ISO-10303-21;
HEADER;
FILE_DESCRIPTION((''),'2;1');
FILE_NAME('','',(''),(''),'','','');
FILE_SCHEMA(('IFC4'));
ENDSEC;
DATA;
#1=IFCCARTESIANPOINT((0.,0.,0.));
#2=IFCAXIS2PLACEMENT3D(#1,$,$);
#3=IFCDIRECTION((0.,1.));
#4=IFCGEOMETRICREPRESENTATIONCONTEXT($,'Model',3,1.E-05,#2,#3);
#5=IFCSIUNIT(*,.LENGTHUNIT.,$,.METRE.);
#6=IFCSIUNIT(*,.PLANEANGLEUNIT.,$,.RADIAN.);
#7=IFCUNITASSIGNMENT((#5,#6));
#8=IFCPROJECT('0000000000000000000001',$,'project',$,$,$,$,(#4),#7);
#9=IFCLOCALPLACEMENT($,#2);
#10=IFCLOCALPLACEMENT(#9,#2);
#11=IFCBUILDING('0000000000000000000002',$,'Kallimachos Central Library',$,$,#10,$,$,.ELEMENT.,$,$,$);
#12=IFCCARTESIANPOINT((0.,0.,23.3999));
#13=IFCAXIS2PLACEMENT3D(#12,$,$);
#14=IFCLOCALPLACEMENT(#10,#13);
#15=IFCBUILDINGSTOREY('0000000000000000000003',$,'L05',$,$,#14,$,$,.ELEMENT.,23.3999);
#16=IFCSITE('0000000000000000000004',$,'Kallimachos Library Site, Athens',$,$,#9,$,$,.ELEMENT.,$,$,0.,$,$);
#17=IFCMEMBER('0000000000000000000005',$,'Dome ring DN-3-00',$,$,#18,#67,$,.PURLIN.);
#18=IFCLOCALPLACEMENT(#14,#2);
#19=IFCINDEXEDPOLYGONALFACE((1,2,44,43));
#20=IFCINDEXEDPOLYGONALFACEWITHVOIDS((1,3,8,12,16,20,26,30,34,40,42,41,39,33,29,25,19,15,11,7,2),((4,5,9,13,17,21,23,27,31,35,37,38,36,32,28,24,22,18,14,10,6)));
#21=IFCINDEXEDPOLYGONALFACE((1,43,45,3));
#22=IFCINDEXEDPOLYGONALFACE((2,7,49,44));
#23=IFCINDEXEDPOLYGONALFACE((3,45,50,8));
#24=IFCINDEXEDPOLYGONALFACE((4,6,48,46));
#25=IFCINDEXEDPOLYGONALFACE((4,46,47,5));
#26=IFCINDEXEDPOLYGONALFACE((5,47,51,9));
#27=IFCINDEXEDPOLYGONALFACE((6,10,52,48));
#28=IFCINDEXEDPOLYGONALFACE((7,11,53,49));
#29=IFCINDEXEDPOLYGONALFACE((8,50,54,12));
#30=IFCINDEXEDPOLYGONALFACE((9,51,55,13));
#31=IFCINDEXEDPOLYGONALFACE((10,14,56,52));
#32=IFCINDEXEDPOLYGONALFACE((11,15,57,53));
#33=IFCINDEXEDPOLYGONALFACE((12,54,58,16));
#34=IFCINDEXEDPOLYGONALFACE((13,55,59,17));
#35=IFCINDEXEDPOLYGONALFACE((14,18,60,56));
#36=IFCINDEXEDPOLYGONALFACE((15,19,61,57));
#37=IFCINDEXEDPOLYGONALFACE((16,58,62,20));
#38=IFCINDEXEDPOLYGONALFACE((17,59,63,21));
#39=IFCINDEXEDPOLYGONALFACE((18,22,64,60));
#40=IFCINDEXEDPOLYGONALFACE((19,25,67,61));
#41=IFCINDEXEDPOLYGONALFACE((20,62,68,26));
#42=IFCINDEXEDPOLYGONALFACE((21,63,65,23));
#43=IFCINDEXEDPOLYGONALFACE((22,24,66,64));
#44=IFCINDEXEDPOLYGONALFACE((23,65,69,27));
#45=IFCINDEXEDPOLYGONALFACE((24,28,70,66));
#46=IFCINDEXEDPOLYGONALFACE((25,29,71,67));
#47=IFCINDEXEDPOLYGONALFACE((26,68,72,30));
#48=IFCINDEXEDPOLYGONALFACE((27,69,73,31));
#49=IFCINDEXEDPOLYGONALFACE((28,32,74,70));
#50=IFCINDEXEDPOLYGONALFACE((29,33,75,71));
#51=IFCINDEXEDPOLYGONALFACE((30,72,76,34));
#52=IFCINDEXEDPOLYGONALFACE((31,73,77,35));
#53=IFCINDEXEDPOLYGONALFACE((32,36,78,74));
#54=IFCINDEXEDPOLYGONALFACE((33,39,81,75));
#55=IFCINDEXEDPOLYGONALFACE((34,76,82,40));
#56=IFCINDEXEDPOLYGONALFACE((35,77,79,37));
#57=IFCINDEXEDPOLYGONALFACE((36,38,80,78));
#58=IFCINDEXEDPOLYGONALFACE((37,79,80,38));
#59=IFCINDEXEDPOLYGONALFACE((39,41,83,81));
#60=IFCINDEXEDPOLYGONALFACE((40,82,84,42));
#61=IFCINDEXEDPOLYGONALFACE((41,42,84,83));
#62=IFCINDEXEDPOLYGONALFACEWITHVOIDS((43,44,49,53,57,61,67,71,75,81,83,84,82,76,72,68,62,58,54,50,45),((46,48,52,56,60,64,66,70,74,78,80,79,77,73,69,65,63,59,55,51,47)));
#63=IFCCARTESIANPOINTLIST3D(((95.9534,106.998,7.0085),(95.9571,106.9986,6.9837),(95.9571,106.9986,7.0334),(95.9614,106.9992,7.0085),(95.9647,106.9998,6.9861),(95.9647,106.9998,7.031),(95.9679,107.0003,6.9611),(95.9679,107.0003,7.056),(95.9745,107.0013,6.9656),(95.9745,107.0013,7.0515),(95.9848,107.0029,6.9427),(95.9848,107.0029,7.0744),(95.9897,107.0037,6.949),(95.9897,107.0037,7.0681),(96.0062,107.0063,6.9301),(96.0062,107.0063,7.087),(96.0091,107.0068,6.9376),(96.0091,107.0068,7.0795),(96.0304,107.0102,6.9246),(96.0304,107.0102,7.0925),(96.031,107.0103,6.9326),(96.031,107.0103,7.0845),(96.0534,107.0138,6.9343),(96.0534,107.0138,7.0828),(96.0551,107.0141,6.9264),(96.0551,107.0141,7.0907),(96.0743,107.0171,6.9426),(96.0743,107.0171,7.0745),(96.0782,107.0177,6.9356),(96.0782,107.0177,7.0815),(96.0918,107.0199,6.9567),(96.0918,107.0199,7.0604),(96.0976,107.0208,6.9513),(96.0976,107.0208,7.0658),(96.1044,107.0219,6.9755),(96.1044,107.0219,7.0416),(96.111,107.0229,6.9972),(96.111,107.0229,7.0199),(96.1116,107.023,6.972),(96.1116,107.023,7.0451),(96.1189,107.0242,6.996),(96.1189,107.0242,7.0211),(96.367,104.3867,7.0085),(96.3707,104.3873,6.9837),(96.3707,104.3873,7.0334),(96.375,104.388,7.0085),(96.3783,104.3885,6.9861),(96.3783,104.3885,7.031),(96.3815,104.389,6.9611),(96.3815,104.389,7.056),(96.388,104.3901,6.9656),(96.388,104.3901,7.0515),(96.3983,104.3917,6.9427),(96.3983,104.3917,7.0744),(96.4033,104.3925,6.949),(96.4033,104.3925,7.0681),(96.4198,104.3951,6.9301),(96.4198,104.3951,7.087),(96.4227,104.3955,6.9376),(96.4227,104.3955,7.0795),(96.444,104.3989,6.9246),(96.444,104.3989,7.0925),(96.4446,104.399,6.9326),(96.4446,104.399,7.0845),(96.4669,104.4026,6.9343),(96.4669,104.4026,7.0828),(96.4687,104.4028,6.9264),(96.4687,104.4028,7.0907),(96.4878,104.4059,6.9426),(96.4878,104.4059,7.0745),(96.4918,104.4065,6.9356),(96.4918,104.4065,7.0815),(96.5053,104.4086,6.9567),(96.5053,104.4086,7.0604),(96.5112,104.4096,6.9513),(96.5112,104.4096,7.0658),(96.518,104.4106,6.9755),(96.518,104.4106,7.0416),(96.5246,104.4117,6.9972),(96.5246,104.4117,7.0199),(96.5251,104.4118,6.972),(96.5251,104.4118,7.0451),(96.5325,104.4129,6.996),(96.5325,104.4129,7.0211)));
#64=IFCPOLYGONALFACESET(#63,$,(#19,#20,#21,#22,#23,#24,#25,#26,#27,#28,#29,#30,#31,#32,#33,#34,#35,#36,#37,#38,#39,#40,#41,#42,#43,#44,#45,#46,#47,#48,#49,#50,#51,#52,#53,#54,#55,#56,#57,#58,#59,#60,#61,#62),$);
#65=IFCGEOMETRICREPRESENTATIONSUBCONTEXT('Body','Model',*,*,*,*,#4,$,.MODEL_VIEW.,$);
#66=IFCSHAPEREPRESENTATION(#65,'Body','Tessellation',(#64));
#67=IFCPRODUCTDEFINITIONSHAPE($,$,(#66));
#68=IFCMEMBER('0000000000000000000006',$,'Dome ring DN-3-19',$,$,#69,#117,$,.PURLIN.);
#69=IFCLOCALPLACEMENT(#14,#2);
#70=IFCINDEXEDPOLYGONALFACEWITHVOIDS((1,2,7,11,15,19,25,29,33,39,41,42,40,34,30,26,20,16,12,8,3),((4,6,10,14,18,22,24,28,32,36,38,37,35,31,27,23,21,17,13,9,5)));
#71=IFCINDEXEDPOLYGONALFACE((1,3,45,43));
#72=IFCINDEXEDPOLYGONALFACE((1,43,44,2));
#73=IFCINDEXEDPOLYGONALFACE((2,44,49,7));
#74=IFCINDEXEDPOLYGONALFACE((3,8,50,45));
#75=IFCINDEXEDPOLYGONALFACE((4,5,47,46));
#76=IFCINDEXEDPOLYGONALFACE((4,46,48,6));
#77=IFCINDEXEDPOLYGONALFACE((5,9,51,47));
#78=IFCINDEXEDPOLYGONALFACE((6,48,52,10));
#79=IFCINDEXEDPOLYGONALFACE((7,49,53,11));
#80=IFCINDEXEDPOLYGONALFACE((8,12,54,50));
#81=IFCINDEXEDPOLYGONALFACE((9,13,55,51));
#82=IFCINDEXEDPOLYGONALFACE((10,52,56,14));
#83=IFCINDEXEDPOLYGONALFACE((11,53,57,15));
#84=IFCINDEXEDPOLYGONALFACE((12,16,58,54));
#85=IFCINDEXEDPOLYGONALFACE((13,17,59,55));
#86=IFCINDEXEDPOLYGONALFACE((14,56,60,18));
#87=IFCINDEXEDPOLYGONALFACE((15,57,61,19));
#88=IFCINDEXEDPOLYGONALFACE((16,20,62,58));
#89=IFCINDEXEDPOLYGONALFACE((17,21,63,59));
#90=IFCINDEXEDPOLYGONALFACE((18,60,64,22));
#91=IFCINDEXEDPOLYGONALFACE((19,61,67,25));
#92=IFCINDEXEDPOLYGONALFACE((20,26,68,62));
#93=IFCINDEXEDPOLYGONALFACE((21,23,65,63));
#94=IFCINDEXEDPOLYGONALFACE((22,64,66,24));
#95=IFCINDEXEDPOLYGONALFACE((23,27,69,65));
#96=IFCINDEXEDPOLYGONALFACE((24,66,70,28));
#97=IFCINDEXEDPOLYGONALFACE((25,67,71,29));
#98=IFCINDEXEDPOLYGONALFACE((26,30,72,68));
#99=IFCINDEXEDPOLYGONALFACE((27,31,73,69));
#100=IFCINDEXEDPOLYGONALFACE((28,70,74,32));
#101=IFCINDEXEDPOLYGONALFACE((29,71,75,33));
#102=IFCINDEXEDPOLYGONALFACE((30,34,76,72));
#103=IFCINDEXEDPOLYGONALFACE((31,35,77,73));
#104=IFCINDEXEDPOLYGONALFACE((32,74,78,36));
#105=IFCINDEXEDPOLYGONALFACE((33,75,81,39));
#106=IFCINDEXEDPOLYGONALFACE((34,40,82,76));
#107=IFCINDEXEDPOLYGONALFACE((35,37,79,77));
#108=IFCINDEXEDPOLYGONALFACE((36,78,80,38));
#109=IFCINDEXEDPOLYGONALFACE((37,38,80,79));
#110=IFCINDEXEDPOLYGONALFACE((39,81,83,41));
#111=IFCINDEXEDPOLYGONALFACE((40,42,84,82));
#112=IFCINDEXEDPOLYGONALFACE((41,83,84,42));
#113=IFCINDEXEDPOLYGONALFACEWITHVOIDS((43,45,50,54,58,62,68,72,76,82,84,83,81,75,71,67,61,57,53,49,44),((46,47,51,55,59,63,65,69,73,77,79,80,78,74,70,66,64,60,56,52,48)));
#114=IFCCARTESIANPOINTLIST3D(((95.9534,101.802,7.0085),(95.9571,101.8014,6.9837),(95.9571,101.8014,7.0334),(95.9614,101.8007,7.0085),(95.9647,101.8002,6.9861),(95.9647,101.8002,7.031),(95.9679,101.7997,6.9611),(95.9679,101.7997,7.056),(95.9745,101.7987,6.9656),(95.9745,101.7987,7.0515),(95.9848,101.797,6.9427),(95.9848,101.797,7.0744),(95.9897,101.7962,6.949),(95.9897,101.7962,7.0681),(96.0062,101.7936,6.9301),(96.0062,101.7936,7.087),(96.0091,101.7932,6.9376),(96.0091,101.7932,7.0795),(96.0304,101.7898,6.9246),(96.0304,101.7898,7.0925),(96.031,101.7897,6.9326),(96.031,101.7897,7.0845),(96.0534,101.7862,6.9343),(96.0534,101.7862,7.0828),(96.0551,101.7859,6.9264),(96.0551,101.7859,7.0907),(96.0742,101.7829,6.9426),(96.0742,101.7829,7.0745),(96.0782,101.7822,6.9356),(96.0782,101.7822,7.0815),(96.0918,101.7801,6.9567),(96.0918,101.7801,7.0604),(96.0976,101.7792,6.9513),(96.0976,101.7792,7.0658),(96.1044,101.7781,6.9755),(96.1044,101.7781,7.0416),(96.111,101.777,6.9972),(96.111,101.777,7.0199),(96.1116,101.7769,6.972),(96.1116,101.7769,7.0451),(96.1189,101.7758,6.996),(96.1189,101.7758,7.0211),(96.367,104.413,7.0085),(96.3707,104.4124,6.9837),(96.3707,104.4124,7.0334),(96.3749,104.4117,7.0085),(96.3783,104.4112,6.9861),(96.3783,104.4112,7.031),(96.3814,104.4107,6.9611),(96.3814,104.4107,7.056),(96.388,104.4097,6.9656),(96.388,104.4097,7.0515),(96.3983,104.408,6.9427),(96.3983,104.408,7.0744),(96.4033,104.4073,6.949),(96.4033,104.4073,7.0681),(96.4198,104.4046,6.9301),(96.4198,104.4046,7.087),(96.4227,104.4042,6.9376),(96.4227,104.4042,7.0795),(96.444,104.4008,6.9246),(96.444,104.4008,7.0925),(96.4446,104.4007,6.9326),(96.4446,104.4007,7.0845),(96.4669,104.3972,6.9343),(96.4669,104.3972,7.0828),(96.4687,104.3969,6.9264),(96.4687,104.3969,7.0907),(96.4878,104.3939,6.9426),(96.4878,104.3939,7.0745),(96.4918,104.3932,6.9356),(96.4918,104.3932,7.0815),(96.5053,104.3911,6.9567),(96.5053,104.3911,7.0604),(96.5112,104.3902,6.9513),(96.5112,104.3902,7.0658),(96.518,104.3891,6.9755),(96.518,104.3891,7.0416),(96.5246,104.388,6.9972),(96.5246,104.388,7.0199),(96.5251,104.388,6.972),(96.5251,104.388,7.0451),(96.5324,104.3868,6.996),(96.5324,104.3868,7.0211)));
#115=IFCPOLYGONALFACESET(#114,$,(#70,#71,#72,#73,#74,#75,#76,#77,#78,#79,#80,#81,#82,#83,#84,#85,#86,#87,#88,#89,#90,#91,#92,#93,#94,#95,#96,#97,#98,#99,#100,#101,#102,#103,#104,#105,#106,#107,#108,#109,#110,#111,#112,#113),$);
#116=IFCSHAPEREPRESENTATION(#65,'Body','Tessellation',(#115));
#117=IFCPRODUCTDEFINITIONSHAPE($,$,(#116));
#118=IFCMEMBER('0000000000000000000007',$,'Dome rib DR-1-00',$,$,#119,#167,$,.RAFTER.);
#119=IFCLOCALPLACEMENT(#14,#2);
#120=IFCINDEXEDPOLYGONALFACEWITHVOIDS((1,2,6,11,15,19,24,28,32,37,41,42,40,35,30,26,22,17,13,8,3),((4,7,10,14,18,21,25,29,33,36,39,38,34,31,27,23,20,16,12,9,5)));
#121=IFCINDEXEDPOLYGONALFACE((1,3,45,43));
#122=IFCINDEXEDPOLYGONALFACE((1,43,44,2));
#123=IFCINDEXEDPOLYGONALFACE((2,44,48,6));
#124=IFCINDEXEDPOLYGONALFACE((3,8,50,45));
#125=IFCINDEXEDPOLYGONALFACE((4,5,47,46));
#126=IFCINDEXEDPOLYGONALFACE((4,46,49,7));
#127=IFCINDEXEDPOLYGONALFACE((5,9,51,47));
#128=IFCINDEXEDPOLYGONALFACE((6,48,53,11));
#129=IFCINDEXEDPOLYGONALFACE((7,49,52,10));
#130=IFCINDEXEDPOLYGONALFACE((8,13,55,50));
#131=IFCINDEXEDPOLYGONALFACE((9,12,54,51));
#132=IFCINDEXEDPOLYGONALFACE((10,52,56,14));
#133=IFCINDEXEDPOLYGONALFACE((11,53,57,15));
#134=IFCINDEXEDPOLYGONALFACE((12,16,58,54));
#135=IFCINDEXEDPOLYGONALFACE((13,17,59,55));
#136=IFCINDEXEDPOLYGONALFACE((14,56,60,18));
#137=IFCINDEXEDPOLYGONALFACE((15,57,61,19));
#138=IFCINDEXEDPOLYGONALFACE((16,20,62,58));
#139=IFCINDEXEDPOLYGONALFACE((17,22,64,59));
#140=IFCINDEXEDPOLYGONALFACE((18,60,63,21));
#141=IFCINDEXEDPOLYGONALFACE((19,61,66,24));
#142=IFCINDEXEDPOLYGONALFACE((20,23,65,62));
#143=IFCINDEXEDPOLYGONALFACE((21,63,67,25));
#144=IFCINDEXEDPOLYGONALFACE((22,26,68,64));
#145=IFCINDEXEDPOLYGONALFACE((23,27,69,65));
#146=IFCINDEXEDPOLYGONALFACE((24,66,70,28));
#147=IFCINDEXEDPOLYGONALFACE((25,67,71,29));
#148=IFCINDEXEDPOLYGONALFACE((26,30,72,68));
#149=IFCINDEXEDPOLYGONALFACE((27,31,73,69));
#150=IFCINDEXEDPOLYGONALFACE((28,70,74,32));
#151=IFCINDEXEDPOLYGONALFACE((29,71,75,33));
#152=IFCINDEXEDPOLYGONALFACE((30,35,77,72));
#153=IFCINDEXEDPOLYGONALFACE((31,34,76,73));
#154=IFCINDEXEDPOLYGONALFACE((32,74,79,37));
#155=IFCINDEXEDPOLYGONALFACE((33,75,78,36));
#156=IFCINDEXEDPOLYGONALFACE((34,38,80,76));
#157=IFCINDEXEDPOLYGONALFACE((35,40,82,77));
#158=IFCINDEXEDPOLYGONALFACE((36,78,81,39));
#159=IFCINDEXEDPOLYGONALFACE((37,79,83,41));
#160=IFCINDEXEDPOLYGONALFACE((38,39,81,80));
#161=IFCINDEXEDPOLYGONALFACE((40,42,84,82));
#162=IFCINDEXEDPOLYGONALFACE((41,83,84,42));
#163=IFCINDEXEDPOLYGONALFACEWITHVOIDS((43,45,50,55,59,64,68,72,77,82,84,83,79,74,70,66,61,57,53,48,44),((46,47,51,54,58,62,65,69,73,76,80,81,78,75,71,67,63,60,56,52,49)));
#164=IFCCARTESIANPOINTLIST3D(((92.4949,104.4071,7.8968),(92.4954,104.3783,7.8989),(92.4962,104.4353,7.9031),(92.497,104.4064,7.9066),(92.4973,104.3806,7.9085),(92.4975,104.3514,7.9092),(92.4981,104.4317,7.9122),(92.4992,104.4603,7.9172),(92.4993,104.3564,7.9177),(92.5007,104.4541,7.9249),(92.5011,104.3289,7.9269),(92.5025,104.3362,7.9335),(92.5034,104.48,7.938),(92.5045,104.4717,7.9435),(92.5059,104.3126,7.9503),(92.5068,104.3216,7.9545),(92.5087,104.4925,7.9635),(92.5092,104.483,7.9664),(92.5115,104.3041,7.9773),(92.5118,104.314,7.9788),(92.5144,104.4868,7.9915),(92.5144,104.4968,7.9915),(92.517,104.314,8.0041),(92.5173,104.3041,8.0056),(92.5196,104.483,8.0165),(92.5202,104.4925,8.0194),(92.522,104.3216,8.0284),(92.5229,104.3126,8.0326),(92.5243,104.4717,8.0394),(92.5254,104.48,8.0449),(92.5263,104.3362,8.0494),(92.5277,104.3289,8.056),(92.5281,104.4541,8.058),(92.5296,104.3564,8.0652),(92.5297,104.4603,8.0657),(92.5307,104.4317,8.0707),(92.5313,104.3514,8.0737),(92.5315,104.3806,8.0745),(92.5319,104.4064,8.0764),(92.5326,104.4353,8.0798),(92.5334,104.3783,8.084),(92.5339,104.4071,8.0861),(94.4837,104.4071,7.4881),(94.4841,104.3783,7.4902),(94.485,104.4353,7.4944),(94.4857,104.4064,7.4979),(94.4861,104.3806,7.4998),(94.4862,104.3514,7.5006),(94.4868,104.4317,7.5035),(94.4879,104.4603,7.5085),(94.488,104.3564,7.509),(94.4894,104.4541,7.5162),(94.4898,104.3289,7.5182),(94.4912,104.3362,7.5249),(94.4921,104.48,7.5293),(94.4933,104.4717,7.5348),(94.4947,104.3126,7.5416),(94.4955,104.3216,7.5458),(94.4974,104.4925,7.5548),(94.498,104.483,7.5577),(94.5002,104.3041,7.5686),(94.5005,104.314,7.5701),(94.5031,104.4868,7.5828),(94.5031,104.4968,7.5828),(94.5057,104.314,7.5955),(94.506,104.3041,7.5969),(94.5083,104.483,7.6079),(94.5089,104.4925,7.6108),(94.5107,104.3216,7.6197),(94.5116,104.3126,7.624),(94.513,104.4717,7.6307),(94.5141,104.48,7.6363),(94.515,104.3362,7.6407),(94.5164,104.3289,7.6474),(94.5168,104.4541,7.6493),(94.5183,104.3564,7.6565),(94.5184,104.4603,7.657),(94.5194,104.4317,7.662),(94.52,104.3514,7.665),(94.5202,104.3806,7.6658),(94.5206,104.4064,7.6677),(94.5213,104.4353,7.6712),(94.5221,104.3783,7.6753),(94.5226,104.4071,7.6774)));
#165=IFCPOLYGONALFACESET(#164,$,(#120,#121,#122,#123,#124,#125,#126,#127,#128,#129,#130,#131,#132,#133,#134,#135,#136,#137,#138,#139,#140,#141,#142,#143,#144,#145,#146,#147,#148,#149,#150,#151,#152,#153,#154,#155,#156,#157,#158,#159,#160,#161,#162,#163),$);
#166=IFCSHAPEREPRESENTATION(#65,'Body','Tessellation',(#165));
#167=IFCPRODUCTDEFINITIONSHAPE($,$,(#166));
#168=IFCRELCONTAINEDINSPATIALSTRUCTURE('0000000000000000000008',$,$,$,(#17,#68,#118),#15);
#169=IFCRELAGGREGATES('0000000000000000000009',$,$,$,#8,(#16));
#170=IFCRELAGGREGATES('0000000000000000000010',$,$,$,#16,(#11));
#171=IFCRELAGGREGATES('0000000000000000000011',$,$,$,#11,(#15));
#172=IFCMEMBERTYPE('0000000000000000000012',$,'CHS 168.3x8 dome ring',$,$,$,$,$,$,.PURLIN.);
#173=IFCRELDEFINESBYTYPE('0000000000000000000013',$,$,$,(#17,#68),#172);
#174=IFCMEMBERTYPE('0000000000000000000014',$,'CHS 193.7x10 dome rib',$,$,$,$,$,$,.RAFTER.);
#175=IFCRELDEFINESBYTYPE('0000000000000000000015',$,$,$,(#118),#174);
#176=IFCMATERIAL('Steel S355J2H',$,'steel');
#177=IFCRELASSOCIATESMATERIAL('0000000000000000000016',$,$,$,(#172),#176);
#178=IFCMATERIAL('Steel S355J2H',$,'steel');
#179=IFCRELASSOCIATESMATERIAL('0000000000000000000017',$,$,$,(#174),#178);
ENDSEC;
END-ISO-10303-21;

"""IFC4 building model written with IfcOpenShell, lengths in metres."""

from ifc_helpers import new_model, si_unit, direction, frame, origin, origin_2d, place, context, subcontext, project, spatial, hollow_circle, extrude, material, material_profile, profile_set, type_object, element, save


model = new_model("IFC4")

# Units and contexts
model_context = context("Model", 3, precision=1e-05, world=origin(), true_north=direction((0.0, 1.0)))
body_context = subcontext(model_context, "Body", "Model", "MODEL_VIEW")
ifc_project = project(units=[si_unit("LENGTHUNIT", "METRE"), si_unit("PLANEANGLEUNIT", "RADIAN")], contexts=[model_context])

# Site, building, storey
site_placement = place(None, origin())
site = spatial("IfcSite", under=ifc_project, at=site_placement, Name="Kallimachos Library Site, Athens", CompositionType="ELEMENT", RefElevation=0.0)
building_placement = place(site_placement, origin())
building = spatial("IfcBuilding", under=site, at=building_placement, Name="Kallimachos Central Library", CompositionType="ELEMENT")
storey_placement = place(building_placement, frame((0.0, 0.0, 23.3999)))
storey = spatial("IfcBuildingStorey", under=building, at=storey_placement, Name="L05", CompositionType="ELEMENT", Elevation=23.3999)

# Members
ifc_material_1 = material(Name="Steel S355J2H", Category="steel")
ifc_material_profile_1 = material_profile(ifc_material_1, hollow_circle(Radius=0.0842, WallThickness=0.0081, at=origin_2d()), Name="CHS 168.3x8")
ifc_profile_set_1 = profile_set([ifc_material_profile_1], Name="Steel S355J2H")
member_type_1 = type_object("IfcMemberType", Name="CHS 168.3x8 dome ring", PredefinedType="PURLIN", material=ifc_profile_set_1)
member_1_placement = place(storey_placement, frame((96.4502, 104.3999, 7.0085), z_axis=(-0.156427, 0.987689, 0.0), x_axis=(-0.987689, -0.156427, 0.0)))
element("IfcMember", 1, at=member_1_placement, inside=storey, type_object=member_type_1, Name="Dome ring DN-3-00", PredefinedType="PURLIN", context=body_context, shape_type="SweptSolid", body=[
    extrude(hollow_circle(Radius=0.0842, WallThickness=0.0081, at=origin_2d()), origin(), (0.0, 0.0, 1.0), 2.6438),
])
member_2_placement = place(storey_placement, frame((96.0366, 101.7888, 7.0085), z_axis=(0.156442, 0.987687, 0.0), x_axis=(-0.987687, 0.156442, 0.0)))
element("IfcMember", 2, at=member_2_placement, inside=storey, type_object=member_type_1, Name="Dome ring DN-3-19", PredefinedType="PURLIN", context=body_context, shape_type="SweptSolid", body=[
    extrude(hollow_circle(Radius=0.0842, WallThickness=0.0081, at=origin_2d()), origin(), (0.0, 0.0, 1.0), 2.6436),
])
ifc_material_2 = material(Name="Steel S355J2H", Category="steel")
ifc_material_profile_2 = material_profile(ifc_material_2, hollow_circle(Radius=0.0969, WallThickness=0.01, at=origin_2d()), Name="CHS 193.7x10")
ifc_profile_set_2 = profile_set([ifc_material_profile_2], Name="Steel S355J2H")
member_type_2 = type_object("IfcMemberType", Name="CHS 193.7x10 dome rib", PredefinedType="RAFTER", material=ifc_profile_set_2)
for number, where, z_axis, x_axis, name in (
    (3, (92.5144, 104.3999, 7.9915), (0.979531, 0.0, -0.201293), (0.0, 1.0, 0.0), "Dome rib DR-1-00"),
):
    element("IfcMember", number, at=place(storey_placement, frame(where, z_axis=z_axis, x_axis=x_axis)), inside=storey, type_object=member_type_2, Name=name, PredefinedType="RAFTER", context=body_context, shape_type="SweptSolid", body=[
        extrude(hollow_circle(Radius=0.0969, WallThickness=0.01, at=origin_2d()), origin(), (0.0, 0.0, 1.0), 2.0303),
    ])

save(model, "model.ifc")
